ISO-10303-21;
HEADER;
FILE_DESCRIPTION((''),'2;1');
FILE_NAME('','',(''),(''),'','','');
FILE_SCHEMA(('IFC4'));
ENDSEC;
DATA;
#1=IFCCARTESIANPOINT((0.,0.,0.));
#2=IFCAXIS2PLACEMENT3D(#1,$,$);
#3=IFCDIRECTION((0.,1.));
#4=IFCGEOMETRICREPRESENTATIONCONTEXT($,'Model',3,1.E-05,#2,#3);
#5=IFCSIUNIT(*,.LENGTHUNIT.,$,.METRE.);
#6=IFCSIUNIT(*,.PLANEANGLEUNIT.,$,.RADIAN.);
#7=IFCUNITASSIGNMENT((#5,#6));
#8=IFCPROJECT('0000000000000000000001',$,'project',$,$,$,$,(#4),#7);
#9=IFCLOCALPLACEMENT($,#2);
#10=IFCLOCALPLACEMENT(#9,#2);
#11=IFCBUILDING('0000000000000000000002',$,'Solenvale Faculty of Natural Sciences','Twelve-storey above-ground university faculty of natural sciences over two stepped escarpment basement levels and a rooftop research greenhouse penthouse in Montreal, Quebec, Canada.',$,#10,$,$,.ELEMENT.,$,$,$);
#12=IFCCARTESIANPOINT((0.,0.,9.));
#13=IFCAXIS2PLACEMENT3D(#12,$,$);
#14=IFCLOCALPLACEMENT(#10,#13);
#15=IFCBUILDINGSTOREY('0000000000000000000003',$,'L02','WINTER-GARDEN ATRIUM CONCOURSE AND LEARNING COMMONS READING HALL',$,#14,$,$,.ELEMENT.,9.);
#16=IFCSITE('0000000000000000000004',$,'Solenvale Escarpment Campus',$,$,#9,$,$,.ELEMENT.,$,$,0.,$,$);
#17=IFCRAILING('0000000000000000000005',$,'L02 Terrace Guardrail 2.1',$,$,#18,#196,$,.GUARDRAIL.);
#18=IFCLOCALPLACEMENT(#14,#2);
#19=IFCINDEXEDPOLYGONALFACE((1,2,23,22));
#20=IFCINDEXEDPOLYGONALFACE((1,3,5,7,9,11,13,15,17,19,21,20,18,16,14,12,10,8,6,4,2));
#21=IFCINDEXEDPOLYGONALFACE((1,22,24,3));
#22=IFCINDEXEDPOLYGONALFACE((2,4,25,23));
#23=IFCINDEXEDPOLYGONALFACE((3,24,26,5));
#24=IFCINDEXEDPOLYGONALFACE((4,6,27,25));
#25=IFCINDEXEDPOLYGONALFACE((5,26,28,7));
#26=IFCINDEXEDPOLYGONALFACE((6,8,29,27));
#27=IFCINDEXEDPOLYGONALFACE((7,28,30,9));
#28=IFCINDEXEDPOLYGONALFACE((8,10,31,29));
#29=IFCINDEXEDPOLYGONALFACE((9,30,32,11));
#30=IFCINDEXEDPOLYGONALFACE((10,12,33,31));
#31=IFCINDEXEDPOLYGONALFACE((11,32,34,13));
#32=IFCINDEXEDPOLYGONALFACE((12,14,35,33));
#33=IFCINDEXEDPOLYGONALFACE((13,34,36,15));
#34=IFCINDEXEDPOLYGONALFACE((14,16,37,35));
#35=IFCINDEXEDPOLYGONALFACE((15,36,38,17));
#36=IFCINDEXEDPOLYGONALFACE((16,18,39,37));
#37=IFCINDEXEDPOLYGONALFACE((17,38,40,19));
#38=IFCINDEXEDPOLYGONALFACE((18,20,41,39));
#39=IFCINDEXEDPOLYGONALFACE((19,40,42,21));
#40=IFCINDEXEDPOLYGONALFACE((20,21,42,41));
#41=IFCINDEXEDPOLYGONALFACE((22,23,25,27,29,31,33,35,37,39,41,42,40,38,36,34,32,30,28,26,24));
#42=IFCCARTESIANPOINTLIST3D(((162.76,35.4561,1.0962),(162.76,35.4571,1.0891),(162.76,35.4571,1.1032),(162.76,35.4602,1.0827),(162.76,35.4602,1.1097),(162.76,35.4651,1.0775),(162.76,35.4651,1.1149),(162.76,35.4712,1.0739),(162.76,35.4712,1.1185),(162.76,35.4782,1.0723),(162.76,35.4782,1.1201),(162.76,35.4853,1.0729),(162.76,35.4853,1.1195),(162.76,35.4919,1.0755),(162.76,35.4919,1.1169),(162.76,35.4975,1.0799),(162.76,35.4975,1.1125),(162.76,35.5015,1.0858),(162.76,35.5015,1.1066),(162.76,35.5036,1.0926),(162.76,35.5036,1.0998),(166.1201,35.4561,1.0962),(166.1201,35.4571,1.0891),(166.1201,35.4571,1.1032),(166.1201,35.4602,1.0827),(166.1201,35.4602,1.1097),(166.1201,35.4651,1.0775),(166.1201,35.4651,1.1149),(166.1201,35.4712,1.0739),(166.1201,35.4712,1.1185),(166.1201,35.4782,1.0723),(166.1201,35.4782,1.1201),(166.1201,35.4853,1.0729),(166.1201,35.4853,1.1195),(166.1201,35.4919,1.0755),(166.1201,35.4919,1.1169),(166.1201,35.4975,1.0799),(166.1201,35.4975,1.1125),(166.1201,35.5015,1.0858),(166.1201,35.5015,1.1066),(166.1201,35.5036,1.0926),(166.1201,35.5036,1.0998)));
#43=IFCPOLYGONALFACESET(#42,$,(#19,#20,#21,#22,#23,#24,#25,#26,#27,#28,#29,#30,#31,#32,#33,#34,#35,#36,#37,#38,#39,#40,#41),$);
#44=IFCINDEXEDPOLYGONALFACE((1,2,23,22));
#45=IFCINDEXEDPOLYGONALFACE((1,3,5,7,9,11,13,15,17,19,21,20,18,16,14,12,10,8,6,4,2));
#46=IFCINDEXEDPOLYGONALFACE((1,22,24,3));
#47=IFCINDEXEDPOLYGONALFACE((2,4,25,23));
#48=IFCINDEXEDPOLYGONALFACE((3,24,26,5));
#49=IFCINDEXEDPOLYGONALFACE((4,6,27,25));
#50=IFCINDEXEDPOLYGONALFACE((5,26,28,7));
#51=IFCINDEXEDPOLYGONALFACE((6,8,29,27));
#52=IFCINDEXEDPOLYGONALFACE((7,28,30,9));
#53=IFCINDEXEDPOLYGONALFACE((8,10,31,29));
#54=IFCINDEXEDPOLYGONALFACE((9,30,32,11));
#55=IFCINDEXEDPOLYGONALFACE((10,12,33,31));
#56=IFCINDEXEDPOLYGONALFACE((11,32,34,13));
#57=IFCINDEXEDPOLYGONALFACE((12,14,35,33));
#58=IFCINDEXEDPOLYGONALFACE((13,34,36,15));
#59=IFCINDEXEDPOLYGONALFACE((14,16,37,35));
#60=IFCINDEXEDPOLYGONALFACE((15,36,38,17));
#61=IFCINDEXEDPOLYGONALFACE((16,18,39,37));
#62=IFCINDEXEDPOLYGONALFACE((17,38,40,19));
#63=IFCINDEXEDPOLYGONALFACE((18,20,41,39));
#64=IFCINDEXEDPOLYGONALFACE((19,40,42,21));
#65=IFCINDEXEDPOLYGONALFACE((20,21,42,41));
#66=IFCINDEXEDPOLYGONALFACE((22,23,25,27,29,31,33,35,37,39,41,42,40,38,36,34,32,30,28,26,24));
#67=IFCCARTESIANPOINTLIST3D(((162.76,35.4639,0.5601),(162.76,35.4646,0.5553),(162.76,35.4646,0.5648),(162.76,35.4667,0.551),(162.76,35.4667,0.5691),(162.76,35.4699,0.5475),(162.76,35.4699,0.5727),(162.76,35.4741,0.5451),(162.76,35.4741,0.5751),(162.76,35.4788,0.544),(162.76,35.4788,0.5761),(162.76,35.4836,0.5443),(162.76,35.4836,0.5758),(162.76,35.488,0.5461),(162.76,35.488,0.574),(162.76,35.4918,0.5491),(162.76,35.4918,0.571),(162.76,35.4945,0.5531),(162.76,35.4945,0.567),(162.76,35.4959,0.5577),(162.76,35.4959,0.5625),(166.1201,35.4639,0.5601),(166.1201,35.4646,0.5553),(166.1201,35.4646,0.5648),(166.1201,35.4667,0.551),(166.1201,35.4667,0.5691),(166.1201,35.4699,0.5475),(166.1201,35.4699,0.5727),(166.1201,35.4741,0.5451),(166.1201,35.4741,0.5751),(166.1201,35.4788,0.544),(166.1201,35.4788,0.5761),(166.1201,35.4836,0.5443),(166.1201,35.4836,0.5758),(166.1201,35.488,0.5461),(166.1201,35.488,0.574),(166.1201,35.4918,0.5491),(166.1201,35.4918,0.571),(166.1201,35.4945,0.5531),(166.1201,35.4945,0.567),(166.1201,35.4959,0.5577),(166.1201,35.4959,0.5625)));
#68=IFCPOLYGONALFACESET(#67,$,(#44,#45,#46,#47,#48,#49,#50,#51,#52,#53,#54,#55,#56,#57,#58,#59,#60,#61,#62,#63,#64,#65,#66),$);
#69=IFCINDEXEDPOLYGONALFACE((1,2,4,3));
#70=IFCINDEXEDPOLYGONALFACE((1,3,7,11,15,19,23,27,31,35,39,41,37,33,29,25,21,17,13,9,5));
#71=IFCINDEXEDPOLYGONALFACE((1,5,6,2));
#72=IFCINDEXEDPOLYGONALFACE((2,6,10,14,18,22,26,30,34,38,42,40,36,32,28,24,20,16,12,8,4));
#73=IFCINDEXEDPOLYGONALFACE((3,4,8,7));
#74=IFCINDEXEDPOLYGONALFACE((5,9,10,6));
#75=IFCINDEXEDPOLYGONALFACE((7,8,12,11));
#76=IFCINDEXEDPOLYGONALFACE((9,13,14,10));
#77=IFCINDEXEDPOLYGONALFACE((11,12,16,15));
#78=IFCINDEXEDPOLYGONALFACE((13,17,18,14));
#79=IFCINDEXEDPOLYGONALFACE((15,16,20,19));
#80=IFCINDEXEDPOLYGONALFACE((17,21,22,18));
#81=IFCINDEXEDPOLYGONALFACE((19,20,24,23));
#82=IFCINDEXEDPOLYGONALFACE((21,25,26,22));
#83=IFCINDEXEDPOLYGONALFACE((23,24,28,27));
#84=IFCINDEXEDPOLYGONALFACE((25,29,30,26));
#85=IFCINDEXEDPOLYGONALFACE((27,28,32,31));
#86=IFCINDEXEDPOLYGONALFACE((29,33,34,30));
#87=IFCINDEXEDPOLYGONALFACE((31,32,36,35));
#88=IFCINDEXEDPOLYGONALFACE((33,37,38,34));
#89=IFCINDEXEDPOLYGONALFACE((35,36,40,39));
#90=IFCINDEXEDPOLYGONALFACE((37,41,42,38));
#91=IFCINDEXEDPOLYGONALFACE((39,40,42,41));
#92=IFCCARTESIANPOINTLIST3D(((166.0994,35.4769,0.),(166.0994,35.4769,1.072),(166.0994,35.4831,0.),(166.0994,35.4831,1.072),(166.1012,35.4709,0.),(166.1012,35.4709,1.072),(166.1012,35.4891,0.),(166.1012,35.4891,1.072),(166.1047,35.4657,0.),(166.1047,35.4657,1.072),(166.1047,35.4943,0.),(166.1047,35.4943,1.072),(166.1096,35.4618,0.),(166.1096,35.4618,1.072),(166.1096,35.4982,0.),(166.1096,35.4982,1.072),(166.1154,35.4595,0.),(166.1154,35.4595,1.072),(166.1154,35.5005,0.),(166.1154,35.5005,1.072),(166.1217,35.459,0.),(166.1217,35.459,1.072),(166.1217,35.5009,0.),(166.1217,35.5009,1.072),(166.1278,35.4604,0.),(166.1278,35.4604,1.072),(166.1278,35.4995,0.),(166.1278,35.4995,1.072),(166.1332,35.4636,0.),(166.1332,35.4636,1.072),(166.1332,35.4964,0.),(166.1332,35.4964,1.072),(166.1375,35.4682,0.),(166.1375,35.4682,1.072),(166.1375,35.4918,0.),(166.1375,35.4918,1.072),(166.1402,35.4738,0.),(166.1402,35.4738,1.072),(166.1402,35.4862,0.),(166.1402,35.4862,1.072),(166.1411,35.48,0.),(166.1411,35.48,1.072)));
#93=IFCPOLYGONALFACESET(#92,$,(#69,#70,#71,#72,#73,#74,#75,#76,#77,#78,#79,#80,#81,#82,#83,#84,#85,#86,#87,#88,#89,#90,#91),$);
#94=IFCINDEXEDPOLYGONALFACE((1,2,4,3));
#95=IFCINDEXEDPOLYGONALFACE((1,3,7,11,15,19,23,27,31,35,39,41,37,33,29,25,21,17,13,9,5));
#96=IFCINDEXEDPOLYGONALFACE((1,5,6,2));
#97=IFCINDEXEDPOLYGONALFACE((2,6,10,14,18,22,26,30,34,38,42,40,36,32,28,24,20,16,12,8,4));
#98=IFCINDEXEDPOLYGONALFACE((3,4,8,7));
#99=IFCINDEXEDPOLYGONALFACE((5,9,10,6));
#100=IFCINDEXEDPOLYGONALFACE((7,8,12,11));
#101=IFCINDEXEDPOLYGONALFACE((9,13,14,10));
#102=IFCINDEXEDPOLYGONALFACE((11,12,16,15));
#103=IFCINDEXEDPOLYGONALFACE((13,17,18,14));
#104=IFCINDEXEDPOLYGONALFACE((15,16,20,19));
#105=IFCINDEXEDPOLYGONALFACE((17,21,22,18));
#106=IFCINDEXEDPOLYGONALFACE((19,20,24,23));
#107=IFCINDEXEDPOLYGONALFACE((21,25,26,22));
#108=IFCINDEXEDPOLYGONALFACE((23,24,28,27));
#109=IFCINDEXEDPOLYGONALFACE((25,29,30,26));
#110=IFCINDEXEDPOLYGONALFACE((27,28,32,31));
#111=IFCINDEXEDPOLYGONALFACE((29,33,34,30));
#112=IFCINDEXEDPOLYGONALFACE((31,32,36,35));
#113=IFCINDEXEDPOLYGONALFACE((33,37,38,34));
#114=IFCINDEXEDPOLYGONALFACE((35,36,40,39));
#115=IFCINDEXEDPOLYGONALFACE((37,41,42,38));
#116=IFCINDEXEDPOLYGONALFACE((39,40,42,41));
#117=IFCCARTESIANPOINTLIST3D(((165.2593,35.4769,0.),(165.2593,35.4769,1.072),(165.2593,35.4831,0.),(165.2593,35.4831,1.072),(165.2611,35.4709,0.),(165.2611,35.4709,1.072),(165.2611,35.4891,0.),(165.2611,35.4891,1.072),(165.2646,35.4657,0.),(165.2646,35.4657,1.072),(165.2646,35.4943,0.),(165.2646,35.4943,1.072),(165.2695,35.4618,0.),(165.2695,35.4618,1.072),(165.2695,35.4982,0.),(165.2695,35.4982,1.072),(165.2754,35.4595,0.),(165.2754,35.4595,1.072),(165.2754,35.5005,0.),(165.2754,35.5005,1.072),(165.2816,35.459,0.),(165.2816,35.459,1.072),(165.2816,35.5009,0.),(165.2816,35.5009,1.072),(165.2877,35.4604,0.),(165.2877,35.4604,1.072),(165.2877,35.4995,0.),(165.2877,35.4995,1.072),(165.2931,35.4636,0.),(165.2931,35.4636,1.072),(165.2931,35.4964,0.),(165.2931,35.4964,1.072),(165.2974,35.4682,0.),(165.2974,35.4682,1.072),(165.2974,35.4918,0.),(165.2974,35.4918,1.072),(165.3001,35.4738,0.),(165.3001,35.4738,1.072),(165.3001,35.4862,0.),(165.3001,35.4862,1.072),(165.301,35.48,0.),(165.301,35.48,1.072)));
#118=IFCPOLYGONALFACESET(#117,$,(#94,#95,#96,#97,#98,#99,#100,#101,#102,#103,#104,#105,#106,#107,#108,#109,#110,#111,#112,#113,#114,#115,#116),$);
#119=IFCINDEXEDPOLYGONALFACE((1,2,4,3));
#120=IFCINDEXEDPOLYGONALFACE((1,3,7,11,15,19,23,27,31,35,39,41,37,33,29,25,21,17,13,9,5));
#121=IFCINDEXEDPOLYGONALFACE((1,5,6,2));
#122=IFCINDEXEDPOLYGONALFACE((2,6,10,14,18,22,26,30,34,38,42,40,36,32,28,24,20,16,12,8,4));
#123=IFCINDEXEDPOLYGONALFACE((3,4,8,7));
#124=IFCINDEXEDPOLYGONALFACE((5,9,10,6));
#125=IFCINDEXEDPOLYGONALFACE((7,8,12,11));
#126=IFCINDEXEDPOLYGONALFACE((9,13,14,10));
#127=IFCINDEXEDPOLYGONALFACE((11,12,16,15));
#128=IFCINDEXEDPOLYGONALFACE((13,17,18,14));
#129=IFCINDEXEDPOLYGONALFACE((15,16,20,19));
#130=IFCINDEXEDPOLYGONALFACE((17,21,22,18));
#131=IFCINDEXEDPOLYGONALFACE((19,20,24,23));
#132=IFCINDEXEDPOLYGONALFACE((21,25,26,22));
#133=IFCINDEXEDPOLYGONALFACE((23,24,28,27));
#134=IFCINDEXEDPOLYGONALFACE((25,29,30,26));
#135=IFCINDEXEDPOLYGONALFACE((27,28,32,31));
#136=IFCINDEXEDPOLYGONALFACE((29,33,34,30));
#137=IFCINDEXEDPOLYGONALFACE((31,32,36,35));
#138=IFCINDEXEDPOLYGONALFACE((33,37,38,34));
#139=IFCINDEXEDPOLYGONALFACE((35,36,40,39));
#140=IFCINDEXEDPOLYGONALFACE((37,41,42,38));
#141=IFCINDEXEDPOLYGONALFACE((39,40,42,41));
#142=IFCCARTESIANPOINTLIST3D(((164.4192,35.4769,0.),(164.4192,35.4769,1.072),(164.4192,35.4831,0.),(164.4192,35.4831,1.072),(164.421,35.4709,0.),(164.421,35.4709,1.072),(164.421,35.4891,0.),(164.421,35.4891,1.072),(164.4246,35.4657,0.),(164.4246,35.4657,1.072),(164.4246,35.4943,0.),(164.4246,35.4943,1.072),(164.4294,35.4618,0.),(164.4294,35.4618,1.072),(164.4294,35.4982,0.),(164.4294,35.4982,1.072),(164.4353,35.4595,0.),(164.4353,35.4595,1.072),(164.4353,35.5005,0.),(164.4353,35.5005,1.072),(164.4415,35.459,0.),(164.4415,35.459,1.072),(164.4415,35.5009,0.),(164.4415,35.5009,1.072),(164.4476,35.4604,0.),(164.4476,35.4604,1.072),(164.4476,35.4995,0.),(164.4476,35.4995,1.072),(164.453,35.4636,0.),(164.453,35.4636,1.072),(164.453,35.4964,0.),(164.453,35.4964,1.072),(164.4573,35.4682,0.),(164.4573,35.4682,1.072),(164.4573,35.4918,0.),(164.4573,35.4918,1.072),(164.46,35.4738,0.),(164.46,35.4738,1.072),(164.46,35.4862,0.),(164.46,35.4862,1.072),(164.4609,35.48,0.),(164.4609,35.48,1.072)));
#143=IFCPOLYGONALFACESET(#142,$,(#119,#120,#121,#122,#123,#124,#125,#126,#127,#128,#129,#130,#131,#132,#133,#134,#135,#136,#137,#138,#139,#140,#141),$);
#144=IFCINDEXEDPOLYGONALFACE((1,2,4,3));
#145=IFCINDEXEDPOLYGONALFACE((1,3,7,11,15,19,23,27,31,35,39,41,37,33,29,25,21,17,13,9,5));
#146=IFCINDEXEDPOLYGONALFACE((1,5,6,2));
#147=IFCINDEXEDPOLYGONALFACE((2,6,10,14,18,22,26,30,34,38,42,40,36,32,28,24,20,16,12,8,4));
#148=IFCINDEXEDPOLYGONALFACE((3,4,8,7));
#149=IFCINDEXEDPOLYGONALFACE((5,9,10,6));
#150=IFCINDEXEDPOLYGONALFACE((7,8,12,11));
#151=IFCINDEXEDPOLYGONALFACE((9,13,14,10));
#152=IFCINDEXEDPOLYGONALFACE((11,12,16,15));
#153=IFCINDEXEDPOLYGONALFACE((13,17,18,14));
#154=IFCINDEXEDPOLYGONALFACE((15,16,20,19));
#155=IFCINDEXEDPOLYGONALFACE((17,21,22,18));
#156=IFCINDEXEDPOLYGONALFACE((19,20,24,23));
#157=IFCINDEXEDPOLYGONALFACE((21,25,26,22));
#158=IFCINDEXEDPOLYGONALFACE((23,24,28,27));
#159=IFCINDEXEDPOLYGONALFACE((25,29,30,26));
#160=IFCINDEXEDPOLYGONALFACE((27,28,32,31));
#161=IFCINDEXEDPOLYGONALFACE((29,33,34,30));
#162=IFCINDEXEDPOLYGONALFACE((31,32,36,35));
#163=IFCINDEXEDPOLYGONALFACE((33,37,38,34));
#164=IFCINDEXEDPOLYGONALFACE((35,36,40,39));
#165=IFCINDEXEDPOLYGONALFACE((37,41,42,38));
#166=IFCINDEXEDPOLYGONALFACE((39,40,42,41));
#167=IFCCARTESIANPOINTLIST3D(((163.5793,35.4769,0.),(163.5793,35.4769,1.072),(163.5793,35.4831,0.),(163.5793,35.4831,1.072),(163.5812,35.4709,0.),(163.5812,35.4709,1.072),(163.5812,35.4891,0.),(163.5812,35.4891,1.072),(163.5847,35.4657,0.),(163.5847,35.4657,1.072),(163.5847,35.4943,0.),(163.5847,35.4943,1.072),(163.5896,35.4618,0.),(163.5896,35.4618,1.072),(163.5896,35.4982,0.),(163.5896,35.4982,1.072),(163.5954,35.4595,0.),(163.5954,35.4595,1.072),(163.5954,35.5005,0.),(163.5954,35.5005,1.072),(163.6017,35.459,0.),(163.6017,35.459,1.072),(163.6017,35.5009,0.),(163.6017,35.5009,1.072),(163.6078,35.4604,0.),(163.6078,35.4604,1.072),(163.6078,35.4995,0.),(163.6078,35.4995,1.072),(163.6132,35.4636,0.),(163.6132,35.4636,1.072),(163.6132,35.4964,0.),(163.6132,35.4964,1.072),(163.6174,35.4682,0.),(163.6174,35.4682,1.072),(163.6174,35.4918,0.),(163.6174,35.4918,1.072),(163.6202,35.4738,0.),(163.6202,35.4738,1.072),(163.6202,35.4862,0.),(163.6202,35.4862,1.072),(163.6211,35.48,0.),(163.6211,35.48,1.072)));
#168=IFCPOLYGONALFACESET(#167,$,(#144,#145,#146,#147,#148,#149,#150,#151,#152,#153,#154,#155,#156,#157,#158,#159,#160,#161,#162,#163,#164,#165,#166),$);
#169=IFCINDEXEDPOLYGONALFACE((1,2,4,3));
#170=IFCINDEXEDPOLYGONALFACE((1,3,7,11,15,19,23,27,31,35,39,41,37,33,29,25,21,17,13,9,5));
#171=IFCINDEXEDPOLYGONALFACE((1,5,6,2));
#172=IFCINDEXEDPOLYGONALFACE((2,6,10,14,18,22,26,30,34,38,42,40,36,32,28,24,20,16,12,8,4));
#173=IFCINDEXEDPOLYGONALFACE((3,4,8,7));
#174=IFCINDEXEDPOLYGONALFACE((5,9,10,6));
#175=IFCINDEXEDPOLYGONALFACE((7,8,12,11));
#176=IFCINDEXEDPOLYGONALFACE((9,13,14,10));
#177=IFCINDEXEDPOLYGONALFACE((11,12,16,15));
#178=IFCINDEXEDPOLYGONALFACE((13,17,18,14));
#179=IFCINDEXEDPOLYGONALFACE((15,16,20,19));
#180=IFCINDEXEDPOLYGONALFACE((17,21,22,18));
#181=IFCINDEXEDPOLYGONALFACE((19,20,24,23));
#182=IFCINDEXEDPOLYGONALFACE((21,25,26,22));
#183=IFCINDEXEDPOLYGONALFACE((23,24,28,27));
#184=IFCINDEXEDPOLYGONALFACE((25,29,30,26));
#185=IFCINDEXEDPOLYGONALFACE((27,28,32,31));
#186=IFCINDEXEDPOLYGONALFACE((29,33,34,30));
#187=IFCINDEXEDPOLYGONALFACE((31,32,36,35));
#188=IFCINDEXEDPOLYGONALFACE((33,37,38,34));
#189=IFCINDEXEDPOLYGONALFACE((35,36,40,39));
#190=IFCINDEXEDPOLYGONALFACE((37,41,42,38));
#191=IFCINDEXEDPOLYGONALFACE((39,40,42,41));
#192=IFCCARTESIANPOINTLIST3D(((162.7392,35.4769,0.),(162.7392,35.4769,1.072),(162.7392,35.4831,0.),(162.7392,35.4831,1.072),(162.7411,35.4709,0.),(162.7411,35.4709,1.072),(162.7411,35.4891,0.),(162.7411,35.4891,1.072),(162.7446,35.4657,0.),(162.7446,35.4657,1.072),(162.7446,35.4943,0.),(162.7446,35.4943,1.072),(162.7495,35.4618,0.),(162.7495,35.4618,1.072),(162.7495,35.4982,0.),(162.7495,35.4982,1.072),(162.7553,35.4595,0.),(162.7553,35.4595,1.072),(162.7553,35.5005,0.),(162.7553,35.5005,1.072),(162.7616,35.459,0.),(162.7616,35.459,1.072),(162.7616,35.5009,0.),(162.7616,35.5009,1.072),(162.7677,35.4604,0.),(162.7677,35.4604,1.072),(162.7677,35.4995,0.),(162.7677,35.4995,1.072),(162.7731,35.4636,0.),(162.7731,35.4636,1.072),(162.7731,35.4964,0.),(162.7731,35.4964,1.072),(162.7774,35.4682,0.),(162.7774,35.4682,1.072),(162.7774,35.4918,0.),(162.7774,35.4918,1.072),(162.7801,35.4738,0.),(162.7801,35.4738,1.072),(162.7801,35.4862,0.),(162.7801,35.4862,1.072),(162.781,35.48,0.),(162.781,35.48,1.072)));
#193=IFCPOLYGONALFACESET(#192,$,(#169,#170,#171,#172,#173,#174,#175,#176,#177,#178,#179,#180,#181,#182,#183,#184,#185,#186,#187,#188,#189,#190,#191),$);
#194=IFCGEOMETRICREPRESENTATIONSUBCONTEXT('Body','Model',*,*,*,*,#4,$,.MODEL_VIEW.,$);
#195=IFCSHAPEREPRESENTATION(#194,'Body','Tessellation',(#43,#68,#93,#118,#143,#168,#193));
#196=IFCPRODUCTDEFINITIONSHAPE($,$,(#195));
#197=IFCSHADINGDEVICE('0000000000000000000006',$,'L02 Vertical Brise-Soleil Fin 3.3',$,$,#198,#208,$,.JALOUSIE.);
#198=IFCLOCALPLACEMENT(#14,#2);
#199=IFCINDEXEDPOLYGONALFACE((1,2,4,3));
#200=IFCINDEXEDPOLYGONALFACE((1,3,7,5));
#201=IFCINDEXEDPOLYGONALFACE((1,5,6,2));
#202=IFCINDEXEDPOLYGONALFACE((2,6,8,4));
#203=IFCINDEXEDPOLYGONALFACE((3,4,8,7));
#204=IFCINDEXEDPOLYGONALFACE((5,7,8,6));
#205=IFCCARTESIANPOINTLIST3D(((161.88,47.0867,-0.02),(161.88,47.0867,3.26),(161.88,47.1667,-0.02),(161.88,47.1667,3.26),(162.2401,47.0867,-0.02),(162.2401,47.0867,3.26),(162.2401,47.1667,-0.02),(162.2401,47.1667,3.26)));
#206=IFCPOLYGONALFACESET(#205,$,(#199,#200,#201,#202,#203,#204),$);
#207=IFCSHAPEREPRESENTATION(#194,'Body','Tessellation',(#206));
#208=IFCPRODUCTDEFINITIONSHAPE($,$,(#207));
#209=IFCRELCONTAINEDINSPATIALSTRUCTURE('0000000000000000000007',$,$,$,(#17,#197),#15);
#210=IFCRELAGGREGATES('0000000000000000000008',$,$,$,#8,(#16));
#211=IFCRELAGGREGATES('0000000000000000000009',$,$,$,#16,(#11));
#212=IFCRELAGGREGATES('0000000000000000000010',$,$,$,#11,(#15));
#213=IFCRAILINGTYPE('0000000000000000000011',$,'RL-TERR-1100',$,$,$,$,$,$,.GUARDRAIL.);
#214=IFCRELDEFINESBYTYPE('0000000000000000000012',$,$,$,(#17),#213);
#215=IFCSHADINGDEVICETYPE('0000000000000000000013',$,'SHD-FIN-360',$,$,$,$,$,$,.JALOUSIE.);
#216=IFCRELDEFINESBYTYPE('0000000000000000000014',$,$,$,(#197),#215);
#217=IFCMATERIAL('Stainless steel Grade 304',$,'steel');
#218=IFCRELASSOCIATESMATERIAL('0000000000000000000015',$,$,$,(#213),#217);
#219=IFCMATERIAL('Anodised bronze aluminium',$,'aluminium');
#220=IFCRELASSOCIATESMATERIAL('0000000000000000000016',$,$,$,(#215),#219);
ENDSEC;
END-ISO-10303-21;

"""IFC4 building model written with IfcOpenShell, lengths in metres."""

from ifc_helpers import new_model, si_unit, direction, frame, origin, origin_2d, place, context, subcontext, project, spatial, rectangle, circle, extrude, material, material_profile, profile_set, type_object, element, save


model = new_model("IFC4")

# Units and contexts
model_context = context("Model", 3, precision=1e-05, world=origin(), true_north=direction((0.0, 1.0)))
body_context = subcontext(model_context, "Body", "Model", "MODEL_VIEW")
ifc_project = project(units=[si_unit("LENGTHUNIT", "METRE"), si_unit("PLANEANGLEUNIT", "RADIAN")], contexts=[model_context])

# Site, building, storey
site_placement = place(None, origin())
site = spatial("IfcSite", under=ifc_project, at=site_placement, Name="Solenvale Escarpment Campus", CompositionType="ELEMENT", RefElevation=0.0)
building_placement = place(site_placement, origin())
building = spatial("IfcBuilding", under=site, at=building_placement, Name="Solenvale Faculty of Natural Sciences", Description="Twelve-storey above-ground university faculty of natural sciences over two stepped escarpment basement levels and a rooftop research greenhouse penthouse in Montreal, Quebec, Canada.", CompositionType="ELEMENT")
storey_placement = place(building_placement, frame((0.0, 0.0, 9.0)))
storey = spatial("IfcBuildingStorey", under=building, at=storey_placement, Name="L02", Description="WINTER-GARDEN ATRIUM CONCOURSE AND LEARNING COMMONS READING HALL", CompositionType="ELEMENT", Elevation=9.0)

# Shared definitions
ifc_material_1 = material(Name="Anodised bronze aluminium", Category="aluminium")

# Railing
ifc_material_2 = material(Name="Stainless steel Grade 304", Category="steel")
railing_type = type_object("IfcRailingType", Name="RL-TERR-1100", PredefinedType="GUARDRAIL", material=ifc_material_2)
railing_placement = place(storey_placement, frame((166.1201, 35.48, 0.0)))
element("IfcRailing", 1, at=railing_placement, inside=storey, type_object=railing_type, Name="L02 Terrace Guardrail 2.1", PredefinedType="GUARDRAIL", context=body_context, shape_type="SweptSolid", body=[
    extrude(circle(Radius=0.0239, at=origin_2d()), frame((0.0, 0.0, 1.0962), z_axis=(-1.0, 0.0, 0.0), x_axis=(0.0, -1.0, 0.0)), (0.0, 0.0, 1.0), 3.3601),
    extrude(circle(Radius=0.0161, at=origin_2d()), frame((0.0, 0.0, 0.5601), z_axis=(-1.0, 0.0, 0.0), x_axis=(0.0, -1.0, 0.0)), (0.0, 0.0, 1.0), 3.3601),
    extrude(circle(Radius=0.021, at=origin_2d()), origin(), (0.0, 0.0, 1.0), 1.072),
    extrude(circle(Radius=0.021, at=origin_2d()), frame((-0.8401, 0.0, 0.0)), (0.0, 0.0, 1.0), 1.072),
    extrude(circle(Radius=0.021, at=origin_2d()), frame((-1.6802, 0.0, 0.0)), (0.0, 0.0, 1.0), 1.072),
    extrude(circle(Radius=0.021, at=origin_2d()), frame((-2.52, 0.0, 0.0)), (0.0, 0.0, 1.0), 1.072),
    extrude(circle(Radius=0.021, at=origin_2d()), frame((-3.3601, 0.0, 0.0)), (0.0, 0.0, 1.0), 1.072),
])

# Shading device
ifc_material_profile_1 = material_profile(ifc_material_1, rectangle(XDim=0.0801, YDim=0.3601, at=origin_2d()), Name="ALU-FIN-80x360")
ifc_profile_set_1 = profile_set([ifc_material_profile_1], Name="Anodised bronze aluminium")
shading_device_type = type_object("IfcShadingDeviceType", Name="SHD-FIN-360", PredefinedType="JALOUSIE", material=ifc_profile_set_1)
shading_device_placement = place(storey_placement, frame((162.0601, 47.1267, -0.02), z_axis=(0.0, 0.0, 1.0), x_axis=(0.0, 1.0, 0.0)))
element("IfcShadingDevice", 2, at=shading_device_placement, inside=storey, type_object=shading_device_type, Name="L02 Vertical Brise-Soleil Fin 3.3", PredefinedType="JALOUSIE", context=body_context, shape_type="SweptSolid", body=[
    extrude(rectangle(XDim=0.0801, YDim=0.3601, at=origin_2d()), origin(), (0.0, 0.0, 1.0), 3.28),
])

save(model, "model.ifc")
